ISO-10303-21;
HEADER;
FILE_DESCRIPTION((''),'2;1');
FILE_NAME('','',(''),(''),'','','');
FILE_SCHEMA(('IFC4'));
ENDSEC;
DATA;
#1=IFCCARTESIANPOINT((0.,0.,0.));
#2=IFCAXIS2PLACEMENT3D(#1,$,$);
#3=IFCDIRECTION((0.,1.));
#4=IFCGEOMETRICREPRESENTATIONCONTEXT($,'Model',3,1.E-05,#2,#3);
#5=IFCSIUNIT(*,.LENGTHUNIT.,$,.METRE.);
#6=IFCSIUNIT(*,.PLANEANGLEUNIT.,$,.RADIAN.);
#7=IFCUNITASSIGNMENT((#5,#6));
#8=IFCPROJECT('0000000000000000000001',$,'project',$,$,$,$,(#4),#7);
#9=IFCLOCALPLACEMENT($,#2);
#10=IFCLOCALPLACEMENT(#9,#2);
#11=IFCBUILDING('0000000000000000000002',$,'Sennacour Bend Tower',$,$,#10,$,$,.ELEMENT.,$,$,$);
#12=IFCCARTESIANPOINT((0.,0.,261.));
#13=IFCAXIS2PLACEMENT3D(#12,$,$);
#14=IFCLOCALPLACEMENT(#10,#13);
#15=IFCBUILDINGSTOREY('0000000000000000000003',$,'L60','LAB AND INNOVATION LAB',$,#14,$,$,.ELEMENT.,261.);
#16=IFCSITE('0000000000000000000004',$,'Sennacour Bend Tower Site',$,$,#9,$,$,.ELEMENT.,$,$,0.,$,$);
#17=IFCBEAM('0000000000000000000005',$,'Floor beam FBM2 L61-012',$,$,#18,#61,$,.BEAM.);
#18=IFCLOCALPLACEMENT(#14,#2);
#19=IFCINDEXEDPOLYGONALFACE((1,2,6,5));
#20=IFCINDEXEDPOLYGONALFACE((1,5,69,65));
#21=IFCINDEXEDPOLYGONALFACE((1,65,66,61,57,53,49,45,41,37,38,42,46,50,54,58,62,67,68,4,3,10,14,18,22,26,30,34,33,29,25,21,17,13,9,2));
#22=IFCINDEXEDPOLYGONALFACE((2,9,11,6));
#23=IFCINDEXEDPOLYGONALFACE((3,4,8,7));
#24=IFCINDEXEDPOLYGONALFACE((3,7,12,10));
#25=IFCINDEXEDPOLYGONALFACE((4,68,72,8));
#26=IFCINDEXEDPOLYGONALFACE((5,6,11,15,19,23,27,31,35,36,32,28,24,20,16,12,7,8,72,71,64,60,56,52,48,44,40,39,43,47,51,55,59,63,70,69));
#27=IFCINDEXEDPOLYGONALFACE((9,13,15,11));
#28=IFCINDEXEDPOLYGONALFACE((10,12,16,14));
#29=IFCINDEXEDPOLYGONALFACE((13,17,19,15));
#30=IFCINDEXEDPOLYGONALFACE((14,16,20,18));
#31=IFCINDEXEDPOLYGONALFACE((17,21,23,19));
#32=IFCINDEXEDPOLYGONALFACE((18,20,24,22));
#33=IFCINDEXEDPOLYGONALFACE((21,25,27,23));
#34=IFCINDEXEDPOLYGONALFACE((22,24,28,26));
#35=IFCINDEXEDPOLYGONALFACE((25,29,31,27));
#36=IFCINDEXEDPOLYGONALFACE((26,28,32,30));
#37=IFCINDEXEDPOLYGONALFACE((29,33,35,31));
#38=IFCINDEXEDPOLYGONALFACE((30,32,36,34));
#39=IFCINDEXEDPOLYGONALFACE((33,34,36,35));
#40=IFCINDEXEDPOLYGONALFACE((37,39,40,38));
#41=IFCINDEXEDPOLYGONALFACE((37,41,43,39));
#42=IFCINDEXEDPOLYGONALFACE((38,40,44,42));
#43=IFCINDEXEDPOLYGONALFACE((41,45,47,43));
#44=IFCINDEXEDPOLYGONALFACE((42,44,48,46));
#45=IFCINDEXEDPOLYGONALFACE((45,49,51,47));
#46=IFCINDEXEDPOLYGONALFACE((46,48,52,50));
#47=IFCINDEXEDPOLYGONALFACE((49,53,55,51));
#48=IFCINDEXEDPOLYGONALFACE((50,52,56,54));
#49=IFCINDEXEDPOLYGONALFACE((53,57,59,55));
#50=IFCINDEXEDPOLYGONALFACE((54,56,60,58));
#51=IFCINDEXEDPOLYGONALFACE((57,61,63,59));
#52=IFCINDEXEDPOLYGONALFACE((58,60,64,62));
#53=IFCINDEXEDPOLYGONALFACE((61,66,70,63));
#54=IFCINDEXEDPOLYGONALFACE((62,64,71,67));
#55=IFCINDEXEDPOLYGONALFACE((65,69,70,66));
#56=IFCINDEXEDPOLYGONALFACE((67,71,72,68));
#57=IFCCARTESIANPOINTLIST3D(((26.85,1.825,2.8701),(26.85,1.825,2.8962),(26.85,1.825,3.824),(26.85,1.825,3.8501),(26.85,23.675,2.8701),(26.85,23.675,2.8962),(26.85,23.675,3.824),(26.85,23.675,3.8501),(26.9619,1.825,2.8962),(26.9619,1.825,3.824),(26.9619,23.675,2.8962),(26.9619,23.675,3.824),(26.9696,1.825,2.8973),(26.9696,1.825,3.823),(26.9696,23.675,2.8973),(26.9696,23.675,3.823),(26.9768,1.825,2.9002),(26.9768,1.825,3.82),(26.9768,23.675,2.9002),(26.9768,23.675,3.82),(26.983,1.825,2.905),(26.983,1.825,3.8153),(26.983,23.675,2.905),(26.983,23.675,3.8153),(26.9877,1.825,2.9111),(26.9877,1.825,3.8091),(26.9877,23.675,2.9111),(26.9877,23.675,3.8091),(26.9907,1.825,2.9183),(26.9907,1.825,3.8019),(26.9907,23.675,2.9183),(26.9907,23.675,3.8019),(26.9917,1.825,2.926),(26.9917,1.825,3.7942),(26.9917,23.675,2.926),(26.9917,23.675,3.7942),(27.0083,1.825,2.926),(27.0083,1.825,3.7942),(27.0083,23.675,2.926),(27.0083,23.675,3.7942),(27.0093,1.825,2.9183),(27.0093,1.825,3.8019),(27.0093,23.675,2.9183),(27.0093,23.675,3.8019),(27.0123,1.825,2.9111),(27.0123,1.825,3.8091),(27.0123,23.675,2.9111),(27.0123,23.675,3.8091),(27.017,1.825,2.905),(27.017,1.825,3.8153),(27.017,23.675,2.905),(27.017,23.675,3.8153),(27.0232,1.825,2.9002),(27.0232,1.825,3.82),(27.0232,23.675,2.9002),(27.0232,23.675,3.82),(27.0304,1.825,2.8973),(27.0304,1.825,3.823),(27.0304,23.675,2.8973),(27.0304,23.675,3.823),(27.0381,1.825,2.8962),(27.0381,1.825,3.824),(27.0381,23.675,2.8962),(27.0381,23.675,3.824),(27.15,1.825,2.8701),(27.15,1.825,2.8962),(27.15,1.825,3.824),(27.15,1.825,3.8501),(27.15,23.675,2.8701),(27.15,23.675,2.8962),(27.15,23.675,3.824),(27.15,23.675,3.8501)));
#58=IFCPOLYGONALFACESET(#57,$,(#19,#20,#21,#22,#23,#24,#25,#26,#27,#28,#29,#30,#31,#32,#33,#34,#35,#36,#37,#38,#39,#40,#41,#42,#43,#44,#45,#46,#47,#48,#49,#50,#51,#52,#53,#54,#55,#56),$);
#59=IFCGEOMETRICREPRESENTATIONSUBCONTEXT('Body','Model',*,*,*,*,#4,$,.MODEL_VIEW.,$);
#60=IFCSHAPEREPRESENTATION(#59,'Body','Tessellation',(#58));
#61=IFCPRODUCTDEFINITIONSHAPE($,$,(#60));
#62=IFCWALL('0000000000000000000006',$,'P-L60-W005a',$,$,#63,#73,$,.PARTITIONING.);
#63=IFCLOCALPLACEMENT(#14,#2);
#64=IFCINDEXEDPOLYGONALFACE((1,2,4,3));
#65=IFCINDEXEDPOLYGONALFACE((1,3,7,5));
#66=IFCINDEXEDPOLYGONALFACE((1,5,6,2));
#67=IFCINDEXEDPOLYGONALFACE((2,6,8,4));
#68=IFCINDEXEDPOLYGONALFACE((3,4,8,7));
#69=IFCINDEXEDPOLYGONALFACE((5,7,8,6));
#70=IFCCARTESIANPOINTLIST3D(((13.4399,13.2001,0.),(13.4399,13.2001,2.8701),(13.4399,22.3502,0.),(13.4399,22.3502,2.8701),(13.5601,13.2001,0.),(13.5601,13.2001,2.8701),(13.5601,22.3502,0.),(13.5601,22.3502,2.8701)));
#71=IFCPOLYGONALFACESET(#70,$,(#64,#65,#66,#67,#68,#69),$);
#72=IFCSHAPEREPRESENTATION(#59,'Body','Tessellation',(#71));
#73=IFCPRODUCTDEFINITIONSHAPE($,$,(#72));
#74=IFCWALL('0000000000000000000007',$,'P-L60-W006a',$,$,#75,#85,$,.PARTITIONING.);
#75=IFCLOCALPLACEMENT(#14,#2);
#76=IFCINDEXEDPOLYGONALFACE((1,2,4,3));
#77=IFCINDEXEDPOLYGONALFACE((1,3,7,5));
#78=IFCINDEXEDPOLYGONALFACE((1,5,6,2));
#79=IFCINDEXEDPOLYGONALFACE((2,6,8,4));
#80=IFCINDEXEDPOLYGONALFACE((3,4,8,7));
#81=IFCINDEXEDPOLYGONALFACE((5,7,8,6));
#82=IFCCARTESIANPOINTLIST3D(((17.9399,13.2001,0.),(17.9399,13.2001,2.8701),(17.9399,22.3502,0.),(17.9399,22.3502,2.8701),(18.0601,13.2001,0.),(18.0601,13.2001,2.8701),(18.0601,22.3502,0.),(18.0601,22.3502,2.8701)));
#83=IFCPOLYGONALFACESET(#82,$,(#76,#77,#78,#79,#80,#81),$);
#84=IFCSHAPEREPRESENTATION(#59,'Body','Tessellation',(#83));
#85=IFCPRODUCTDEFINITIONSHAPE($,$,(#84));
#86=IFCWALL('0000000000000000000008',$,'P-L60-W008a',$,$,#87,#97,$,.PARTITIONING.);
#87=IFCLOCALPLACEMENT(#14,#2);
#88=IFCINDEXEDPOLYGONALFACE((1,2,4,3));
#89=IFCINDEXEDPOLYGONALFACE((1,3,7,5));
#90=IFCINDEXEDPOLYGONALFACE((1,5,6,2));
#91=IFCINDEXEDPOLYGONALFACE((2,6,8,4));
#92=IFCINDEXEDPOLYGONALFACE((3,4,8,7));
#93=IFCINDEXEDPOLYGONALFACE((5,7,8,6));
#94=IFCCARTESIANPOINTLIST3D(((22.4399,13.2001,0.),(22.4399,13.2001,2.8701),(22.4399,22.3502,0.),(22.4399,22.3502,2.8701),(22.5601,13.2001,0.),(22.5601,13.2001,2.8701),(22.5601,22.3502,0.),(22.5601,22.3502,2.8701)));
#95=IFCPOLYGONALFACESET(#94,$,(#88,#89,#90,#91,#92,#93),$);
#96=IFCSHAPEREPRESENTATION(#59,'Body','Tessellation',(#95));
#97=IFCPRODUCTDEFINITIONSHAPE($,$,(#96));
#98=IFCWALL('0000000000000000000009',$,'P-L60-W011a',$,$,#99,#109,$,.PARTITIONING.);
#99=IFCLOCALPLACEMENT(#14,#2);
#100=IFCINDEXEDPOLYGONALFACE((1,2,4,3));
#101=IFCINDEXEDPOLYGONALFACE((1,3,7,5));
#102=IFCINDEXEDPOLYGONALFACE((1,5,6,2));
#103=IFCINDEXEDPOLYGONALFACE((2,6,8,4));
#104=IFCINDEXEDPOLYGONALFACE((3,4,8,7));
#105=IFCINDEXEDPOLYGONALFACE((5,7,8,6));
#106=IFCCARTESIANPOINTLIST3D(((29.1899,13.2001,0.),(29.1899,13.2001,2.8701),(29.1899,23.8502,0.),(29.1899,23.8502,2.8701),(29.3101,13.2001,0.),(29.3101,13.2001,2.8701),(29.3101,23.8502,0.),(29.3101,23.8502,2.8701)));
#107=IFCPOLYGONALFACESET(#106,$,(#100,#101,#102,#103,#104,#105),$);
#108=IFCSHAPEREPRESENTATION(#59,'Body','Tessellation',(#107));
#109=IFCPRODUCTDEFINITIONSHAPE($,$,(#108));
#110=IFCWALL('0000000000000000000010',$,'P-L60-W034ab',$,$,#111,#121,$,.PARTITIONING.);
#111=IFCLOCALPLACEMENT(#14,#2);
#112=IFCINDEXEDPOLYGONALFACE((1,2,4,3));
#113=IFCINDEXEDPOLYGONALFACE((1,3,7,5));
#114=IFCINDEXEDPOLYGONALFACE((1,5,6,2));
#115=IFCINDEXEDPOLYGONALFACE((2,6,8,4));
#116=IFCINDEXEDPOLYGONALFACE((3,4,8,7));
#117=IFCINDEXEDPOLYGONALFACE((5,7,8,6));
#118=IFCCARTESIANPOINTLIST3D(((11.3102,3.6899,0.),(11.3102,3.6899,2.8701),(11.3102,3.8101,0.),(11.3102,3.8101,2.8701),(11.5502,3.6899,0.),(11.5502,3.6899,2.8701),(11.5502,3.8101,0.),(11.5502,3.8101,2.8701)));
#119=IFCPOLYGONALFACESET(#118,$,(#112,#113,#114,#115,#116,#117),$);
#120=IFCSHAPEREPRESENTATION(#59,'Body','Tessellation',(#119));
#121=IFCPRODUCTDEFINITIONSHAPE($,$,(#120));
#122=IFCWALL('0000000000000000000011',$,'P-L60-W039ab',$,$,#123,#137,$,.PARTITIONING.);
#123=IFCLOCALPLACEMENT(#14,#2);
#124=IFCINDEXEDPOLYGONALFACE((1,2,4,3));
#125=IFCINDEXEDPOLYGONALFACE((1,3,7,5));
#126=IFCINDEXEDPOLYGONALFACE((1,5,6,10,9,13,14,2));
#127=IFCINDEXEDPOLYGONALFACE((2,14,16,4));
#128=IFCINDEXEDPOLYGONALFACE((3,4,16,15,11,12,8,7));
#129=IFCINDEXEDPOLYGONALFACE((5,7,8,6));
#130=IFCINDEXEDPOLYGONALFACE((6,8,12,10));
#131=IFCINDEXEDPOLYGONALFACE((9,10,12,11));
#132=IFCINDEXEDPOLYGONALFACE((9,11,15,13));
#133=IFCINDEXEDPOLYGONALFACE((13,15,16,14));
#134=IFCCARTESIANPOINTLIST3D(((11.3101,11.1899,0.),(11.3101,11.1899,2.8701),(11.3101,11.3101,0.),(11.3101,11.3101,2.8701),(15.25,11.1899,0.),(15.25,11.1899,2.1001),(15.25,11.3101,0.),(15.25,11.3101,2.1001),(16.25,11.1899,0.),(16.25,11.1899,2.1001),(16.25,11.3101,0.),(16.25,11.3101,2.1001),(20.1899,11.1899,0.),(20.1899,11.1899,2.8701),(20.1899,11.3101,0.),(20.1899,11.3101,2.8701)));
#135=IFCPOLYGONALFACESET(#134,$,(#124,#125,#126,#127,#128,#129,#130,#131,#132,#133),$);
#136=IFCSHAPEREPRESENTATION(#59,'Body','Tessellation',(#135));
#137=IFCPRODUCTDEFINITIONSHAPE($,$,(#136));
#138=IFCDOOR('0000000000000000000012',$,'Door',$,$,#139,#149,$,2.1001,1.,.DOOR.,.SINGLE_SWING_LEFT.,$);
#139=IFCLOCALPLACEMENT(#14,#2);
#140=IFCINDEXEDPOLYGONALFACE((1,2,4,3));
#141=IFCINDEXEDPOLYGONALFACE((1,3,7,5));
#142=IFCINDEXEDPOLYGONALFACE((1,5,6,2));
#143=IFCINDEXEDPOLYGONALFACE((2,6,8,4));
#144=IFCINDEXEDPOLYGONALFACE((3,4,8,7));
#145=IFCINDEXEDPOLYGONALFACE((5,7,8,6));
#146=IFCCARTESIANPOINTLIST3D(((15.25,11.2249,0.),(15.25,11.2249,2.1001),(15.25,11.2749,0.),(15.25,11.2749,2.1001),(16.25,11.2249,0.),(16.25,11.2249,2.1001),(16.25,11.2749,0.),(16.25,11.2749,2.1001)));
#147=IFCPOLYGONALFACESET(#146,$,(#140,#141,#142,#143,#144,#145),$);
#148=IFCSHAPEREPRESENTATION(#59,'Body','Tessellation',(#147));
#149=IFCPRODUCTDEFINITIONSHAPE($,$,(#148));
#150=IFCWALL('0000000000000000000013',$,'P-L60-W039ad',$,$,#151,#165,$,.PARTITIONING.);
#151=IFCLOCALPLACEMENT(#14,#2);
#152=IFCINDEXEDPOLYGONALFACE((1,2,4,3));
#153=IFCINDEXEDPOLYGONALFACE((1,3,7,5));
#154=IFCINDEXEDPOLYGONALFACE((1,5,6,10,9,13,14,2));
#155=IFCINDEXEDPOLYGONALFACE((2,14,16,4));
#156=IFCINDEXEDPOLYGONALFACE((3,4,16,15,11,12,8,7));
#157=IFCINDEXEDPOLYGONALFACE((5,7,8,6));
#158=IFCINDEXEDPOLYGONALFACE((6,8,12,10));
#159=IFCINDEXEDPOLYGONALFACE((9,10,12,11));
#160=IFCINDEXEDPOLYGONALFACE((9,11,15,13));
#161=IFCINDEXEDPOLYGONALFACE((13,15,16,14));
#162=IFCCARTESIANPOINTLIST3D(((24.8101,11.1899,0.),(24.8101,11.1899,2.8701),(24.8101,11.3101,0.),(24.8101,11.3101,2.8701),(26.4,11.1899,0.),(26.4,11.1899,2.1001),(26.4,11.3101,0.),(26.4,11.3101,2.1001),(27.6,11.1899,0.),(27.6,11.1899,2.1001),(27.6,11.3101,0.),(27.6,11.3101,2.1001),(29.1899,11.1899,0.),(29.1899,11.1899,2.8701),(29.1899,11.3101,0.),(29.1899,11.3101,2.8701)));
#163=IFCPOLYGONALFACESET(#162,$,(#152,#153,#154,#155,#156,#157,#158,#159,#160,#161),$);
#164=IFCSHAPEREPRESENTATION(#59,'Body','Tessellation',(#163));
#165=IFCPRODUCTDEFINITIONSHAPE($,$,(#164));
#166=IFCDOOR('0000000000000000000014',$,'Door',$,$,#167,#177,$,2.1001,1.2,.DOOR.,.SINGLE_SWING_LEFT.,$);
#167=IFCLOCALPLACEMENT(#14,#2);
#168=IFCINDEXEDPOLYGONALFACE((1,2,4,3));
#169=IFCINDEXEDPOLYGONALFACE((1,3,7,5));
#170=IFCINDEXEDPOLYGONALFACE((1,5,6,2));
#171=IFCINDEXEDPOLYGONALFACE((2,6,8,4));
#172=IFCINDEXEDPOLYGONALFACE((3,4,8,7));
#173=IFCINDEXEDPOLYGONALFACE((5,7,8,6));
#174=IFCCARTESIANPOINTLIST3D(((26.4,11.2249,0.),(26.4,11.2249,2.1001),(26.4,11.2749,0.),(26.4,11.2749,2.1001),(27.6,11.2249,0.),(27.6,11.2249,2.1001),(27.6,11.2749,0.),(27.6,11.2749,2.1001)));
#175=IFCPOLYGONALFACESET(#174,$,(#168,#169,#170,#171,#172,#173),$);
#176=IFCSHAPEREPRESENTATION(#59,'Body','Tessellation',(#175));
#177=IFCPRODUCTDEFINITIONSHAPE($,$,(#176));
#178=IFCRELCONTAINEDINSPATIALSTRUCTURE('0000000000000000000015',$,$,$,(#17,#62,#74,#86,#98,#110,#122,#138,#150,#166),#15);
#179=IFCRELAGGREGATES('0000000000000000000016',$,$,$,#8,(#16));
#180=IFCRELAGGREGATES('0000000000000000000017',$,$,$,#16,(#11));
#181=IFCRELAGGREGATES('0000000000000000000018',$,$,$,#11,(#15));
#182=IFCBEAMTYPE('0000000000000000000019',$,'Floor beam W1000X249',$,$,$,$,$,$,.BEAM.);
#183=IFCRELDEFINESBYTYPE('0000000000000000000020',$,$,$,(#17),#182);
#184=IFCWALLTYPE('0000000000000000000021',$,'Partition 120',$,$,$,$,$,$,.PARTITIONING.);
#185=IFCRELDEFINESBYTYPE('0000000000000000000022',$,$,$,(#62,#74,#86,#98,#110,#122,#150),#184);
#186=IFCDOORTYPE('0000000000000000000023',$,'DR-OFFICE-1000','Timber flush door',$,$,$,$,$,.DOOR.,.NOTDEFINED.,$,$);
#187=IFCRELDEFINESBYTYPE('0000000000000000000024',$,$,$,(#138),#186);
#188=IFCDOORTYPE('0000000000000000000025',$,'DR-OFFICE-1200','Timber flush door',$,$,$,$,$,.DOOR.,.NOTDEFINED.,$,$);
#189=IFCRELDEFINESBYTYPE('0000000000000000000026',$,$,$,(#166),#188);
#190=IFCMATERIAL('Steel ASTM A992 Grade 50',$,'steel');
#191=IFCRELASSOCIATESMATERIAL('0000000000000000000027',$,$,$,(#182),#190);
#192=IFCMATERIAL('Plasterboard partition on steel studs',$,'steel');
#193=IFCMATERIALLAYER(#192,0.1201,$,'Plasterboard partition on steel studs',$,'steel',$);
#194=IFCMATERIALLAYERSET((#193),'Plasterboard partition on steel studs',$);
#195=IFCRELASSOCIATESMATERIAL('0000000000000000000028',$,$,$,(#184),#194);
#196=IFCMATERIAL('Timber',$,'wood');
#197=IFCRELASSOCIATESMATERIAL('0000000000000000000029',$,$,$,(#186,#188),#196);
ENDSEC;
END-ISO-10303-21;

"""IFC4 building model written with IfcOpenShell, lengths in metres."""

from ifc_helpers import new_model, si_unit, direction, frame, frame_2d, origin, origin_2d, place, context, subcontext, project, spatial, rectangle, i_section, extrude, material, layer, layer_set, material_profile, profile_set, type_object, element, fill, save


model = new_model("IFC4")

# Units and contexts
model_context = context("Model", 3, precision=1e-05, world=origin(), true_north=direction((0.0, 1.0)))
body_context = subcontext(model_context, "Body", "Model", "MODEL_VIEW")
ifc_project = project(units=[si_unit("LENGTHUNIT", "METRE"), si_unit("PLANEANGLEUNIT", "RADIAN")], contexts=[model_context])

# Site, building, storey
site_placement = place(None, origin())
site = spatial("IfcSite", under=ifc_project, at=site_placement, Name="Sennacour Bend Tower Site", CompositionType="ELEMENT", RefElevation=0.0)
building_placement = place(site_placement, origin())
building = spatial("IfcBuilding", under=site, at=building_placement, Name="Sennacour Bend Tower", CompositionType="ELEMENT")
storey_placement = place(building_placement, frame((0.0, 0.0, 261.0)))
storey = spatial("IfcBuildingStorey", under=building, at=storey_placement, Name="L60", Description="LAB AND INNOVATION LAB", CompositionType="ELEMENT", Elevation=261.0)

# Beam
ifc_material_1 = material(Name="Steel ASTM A992 Grade 50", Category="steel")
ifc_material_profile = material_profile(ifc_material_1, i_section(OverallWidth=0.3, OverallDepth=0.98, WebThickness=0.0166, FlangeThickness=0.0261, FilletRadius=0.0298, at=origin_2d()), Name="Steel ASTM A992 Grade 50", Category="steel")
ifc_profile_set = profile_set([ifc_material_profile], Name="Steel ASTM A992 Grade 50")
beam_type = type_object("IfcBeamType", Name="Floor beam W1000X249", PredefinedType="BEAM", material=ifc_profile_set)
beam_placement = place(storey_placement, frame((27.0, 1.825, 3.3601), z_axis=(0.0, 1.0, 0.0), x_axis=(-1.0, 0.0, 0.0)))
element("IfcBeam", 1, at=beam_placement, inside=storey, type_object=beam_type, Name="Floor beam FBM2 L61-012", PredefinedType="BEAM", context=body_context, shape_type="SweptSolid", body=[
    extrude(i_section(OverallWidth=0.3, OverallDepth=0.98, WebThickness=0.0166, FlangeThickness=0.0261, FilletRadius=0.0298, at=origin_2d()), origin(), (0.0, 0.0, 1.0), 21.8501),
])

# Walls
ifc_material_2 = material(Name="Plasterboard partition on steel studs", Category="steel")
ifc_layer_1 = layer(ifc_material_2, 0.1201, Name="Plasterboard partition on steel studs", Category="steel")
ifc_layer_set_1 = layer_set([ifc_layer_1], Name="Plasterboard partition on steel studs")
wall_type_1 = type_object("IfcWallType", Name="Partition 120", PredefinedType="PARTITIONING", material=ifc_layer_set_1)
for number, where, z_axis, x_axis, name in (
    (2, (13.5, 13.2, 0.0), (0.0, 0.0, 1.0), (0.0, 1.0, 0.0), "P-L60-W005a"),
    (3, (18.0, 13.2, 0.0), (0.0, 0.0, 1.0), (0.0, 1.0, 0.0), "P-L60-W006a"),
    (4, (22.5, 13.2, 0.0), (0.0, 0.0, 1.0), (0.0, 1.0, 0.0), "P-L60-W008a"),
):
    element("IfcWall", number, at=place(storey_placement, frame(where, z_axis=z_axis, x_axis=x_axis)), inside=storey, type_object=wall_type_1, Name=name, PredefinedType="PARTITIONING", context=body_context, shape_type="SweptSolid", body=[
        extrude(rectangle(XDim=9.1501, YDim=0.1201, at=frame_2d((4.5752, 0.0))), origin(), (0.0, 0.0, 1.0), 2.8701),
    ])
wall_1_placement = place(storey_placement, frame((29.25, 13.2, 0.0), z_axis=(0.0, 0.0, 1.0), x_axis=(0.0, 1.0, 0.0)))
element("IfcWall", 5, at=wall_1_placement, inside=storey, type_object=wall_type_1, Name="P-L60-W011a", PredefinedType="PARTITIONING", context=body_context, shape_type="SweptSolid", body=[
    extrude(rectangle(XDim=10.6501, YDim=0.1201, at=frame_2d((5.3252, 0.0))), origin(), (0.0, 0.0, 1.0), 2.8701),
])
wall_2_placement = place(storey_placement, frame((11.3101, 3.75, 0.0), z_axis=(0.0, 0.0, 1.0), x_axis=(1.0, 0.0, 0.0)))
element("IfcWall", 6, at=wall_2_placement, inside=storey, type_object=wall_type_1, Name="P-L60-W034ab", PredefinedType="PARTITIONING", context=body_context, shape_type="SweptSolid", body=[
    extrude(rectangle(XDim=0.24, YDim=0.1201, at=frame_2d((0.1201, 0.0))), origin(), (0.0, 0.0, 1.0), 2.8701),
])

# Walls, openings, doors
wall_3_placement = place(storey_placement, frame((11.3101, 11.25, 0.0), z_axis=(0.0, 0.0, 1.0), x_axis=(1.0, 0.0, 0.0)))
wall_3 = element("IfcWall", 7, at=wall_3_placement, inside=storey, type_object=wall_type_1, Name="P-L60-W039ab", PredefinedType="PARTITIONING", context=body_context, shape_type="SweptSolid", body=[
    extrude(rectangle(XDim=8.8799, YDim=0.1201, at=frame_2d((4.4399, 0.0))), origin(), (0.0, 0.0, 1.0), 2.8701),
])
opening_1_placement = place(wall_3_placement, frame((3.9399, 0.0, 0.0)))
opening_1 = element("IfcOpeningElement", 8, at=opening_1_placement, cuts=wall_3, PredefinedType="OPENING", context=body_context, shape_type="SweptSolid", body=[
    extrude(rectangle(XDim=1.0, YDim=2.1001, at=frame_2d((0.5, 1.05))), frame((0.0, 0.0701, 0.0), z_axis=(0.0, -1.0, 0.0), x_axis=(1.0, 0.0, 0.0)), (0.0, 0.0, 1.0), 0.1401),
])
ifc_material_3 = material(Name="Timber", Category="wood")
door_type_1 = type_object("IfcDoorType", Name="DR-OFFICE-1000", Description="Timber flush door", OperationType="NOTDEFINED", PredefinedType="DOOR", material=ifc_material_3)
door_1_placement = place(opening_1_placement, origin())
door_1 = element("IfcDoor", 9, at=door_1_placement, inside=storey, type_object=door_type_1, Name="Door", OperationType="SINGLE_SWING_LEFT", OverallHeight=2.1001, OverallWidth=1.0, PredefinedType="DOOR", context=body_context, shape_type="SweptSolid", body=[
    extrude(rectangle(XDim=1.0, YDim=2.1001, at=frame_2d((0.5, 1.05))), frame((0.0, 0.0249, 0.0), z_axis=(0.0, -1.0, 0.0), x_axis=(1.0, 0.0, 0.0)), (0.0, 0.0, 1.0), 0.05),
])
fill(opening_1, door_1)
wall_4_placement = place(storey_placement, frame((24.8101, 11.25, 0.0), z_axis=(0.0, 0.0, 1.0), x_axis=(1.0, 0.0, 0.0)))
wall_4 = element("IfcWall", 10, at=wall_4_placement, inside=storey, type_object=wall_type_1, Name="P-L60-W039ad", PredefinedType="PARTITIONING", context=body_context, shape_type="SweptSolid", body=[
    extrude(rectangle(XDim=4.3799, YDim=0.1201, at=frame_2d((2.1899, 0.0))), origin(), (0.0, 0.0, 1.0), 2.8701),
])
opening_2_placement = place(wall_4_placement, frame((1.5898, 0.0, 0.0)))
opening_2 = element("IfcOpeningElement", 11, at=opening_2_placement, cuts=wall_4, PredefinedType="OPENING", context=body_context, shape_type="SweptSolid", body=[
    extrude(rectangle(XDim=1.2, YDim=2.1001, at=frame_2d((0.6001, 1.05))), frame((0.0, 0.0701, 0.0), z_axis=(0.0, -1.0, 0.0), x_axis=(1.0, 0.0, 0.0)), (0.0, 0.0, 1.0), 0.1401),
])
door_type_2 = type_object("IfcDoorType", Name="DR-OFFICE-1200", Description="Timber flush door", OperationType="NOTDEFINED", PredefinedType="DOOR", material=ifc_material_3)
door_2_placement = place(opening_2_placement, origin())
door_2 = element("IfcDoor", 12, at=door_2_placement, inside=storey, type_object=door_type_2, Name="Door", OperationType="SINGLE_SWING_LEFT", OverallHeight=2.1001, OverallWidth=1.2, PredefinedType="DOOR", context=body_context, shape_type="SweptSolid", body=[
    extrude(rectangle(XDim=1.2, YDim=2.1001, at=frame_2d((0.6001, 1.05))), frame((0.0, 0.0249, 0.0), z_axis=(0.0, -1.0, 0.0), x_axis=(1.0, 0.0, 0.0)), (0.0, 0.0, 1.0), 0.05),
])
fill(opening_2, door_2)

save(model, "model.ifc")
